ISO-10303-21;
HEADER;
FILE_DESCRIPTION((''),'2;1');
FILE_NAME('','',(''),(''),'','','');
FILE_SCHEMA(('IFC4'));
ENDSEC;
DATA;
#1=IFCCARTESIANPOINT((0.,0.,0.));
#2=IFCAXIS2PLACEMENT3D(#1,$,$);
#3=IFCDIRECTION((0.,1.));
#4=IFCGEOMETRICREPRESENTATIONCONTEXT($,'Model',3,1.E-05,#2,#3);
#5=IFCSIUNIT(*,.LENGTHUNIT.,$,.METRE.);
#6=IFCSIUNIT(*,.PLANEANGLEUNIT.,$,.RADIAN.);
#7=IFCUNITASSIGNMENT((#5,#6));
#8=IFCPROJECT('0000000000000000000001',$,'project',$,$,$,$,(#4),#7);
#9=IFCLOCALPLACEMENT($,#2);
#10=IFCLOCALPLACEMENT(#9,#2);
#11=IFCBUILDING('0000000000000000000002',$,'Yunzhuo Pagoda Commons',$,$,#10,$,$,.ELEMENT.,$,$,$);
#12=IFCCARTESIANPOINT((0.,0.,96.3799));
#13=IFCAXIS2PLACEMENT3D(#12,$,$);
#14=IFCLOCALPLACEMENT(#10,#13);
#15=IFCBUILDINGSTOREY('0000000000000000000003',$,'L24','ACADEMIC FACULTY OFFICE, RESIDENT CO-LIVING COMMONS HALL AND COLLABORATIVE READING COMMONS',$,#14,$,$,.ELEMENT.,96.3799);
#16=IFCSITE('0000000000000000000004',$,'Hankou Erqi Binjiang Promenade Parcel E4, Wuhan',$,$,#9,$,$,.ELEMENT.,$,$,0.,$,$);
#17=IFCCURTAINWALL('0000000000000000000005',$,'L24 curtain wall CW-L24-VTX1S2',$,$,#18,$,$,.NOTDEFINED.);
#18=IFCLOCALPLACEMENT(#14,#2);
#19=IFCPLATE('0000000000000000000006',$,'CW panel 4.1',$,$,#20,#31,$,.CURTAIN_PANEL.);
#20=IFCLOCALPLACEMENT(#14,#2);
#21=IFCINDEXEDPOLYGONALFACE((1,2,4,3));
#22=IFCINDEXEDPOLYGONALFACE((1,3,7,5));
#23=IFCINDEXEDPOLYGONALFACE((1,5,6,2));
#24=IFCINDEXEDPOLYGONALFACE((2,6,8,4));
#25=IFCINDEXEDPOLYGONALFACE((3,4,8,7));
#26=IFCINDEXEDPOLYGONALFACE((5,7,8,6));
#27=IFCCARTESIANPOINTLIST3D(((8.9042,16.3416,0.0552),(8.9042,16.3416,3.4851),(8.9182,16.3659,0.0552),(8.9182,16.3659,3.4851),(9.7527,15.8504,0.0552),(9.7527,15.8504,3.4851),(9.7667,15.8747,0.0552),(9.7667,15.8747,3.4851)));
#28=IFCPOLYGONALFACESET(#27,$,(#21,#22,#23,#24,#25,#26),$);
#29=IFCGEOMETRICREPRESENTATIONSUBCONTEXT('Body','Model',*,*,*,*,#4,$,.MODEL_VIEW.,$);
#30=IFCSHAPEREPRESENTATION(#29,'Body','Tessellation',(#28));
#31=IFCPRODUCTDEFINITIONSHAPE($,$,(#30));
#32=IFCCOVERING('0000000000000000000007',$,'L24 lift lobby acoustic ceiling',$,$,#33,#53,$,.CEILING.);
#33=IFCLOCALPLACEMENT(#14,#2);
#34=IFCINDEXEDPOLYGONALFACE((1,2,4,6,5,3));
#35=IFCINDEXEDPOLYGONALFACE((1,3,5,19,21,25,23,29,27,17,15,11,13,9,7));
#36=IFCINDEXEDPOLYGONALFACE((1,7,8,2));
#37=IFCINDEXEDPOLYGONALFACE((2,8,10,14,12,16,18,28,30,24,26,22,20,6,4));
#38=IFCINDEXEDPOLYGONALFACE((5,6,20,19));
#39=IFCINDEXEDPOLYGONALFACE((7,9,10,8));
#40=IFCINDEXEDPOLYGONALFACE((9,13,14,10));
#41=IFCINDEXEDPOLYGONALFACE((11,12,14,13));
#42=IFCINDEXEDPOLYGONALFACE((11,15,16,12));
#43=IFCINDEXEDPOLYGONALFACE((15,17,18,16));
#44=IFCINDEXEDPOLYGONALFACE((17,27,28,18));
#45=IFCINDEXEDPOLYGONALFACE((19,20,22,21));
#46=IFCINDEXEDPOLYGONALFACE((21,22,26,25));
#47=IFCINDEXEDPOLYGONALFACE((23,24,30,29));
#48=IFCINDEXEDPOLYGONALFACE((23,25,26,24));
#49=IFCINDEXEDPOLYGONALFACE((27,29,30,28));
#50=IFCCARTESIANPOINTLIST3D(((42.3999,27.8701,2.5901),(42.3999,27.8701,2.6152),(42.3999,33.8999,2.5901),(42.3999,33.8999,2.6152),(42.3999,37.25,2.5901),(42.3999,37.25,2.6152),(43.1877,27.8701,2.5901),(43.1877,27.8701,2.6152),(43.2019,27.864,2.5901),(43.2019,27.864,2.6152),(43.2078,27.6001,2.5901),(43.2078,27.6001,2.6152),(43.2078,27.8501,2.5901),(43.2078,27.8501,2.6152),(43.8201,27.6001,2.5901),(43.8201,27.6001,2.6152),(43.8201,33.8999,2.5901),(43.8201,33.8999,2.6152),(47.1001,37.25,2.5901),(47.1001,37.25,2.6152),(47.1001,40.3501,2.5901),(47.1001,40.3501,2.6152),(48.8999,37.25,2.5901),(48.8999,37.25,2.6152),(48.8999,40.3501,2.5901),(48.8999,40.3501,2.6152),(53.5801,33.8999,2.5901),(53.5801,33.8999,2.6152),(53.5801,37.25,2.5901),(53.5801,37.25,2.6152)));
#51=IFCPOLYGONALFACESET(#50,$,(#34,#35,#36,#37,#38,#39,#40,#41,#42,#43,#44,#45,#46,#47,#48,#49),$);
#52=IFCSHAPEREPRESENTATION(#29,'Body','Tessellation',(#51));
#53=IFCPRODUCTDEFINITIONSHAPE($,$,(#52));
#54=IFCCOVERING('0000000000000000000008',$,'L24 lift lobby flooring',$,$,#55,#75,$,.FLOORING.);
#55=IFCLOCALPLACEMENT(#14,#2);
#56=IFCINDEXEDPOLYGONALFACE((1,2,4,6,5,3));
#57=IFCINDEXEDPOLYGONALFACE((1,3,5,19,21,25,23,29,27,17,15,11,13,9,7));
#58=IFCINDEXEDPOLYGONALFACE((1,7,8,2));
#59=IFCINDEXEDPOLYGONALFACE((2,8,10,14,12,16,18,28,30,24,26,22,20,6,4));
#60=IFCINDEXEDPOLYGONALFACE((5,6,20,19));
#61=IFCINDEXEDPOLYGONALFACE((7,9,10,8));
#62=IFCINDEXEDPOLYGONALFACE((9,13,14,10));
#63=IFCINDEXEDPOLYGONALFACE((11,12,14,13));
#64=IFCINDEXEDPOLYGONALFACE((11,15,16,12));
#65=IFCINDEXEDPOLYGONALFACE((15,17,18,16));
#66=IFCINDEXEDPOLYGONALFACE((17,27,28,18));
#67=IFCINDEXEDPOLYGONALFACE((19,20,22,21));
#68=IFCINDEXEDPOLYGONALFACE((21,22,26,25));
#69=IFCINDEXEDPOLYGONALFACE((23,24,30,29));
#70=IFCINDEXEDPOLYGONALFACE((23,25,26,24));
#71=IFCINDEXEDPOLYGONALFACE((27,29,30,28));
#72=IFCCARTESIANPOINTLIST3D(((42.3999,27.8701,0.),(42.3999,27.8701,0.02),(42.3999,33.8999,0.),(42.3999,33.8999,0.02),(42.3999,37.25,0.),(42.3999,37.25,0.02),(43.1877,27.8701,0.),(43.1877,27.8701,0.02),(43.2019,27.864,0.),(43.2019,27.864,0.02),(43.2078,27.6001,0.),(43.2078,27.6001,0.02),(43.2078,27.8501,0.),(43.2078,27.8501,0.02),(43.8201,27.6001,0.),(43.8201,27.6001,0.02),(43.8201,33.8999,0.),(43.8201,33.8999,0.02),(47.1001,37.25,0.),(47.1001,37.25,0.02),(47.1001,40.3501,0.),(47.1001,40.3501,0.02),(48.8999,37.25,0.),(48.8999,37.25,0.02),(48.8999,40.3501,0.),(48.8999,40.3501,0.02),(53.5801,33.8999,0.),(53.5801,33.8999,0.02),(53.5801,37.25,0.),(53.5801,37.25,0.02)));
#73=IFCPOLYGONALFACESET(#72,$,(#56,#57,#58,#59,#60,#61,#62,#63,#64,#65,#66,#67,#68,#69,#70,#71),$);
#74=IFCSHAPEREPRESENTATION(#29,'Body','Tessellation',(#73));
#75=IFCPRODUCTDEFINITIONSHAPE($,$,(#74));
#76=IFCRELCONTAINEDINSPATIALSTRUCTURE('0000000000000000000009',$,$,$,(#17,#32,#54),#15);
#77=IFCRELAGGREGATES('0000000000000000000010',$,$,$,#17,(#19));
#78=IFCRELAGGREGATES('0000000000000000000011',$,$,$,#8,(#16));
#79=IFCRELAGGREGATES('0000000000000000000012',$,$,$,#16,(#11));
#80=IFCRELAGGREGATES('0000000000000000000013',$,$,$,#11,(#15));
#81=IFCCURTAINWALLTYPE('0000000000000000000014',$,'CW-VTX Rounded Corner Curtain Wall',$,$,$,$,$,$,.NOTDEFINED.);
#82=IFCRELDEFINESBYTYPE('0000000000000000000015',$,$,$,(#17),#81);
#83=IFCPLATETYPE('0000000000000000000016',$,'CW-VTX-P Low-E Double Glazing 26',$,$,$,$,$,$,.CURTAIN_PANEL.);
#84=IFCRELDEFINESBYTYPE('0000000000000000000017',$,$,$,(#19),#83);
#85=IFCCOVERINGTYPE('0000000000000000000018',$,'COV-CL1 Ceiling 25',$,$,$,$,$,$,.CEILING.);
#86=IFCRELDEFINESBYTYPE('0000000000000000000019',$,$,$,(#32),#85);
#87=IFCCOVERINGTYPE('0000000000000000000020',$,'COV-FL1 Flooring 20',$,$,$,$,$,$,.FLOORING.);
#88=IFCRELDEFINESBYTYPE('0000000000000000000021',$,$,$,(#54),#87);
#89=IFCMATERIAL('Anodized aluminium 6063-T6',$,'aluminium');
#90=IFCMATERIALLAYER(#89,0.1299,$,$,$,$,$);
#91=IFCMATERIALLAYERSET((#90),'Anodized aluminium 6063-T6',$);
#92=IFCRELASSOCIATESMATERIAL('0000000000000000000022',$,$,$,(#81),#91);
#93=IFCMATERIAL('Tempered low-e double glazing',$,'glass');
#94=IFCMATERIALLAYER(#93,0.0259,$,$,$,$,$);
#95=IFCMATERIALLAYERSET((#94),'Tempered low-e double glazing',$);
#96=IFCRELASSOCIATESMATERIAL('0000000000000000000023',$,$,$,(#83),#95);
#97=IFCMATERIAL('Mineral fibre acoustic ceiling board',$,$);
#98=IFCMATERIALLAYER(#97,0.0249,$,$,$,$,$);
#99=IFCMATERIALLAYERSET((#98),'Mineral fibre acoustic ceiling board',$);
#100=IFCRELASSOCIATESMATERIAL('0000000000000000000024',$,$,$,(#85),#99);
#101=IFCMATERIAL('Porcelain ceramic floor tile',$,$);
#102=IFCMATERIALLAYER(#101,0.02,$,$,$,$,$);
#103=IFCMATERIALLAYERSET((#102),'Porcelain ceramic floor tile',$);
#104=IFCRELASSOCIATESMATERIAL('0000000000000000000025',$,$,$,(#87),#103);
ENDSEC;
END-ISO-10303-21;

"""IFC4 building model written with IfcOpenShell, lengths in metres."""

from ifc_helpers import new_model, si_unit, direction, frame, origin, origin_2d, place, context, subcontext, project, spatial, polyline, rectangle, outline, extrude, source, transform, mapped, material, layer, layer_set, type_object, element, aggregate, save


model = new_model("IFC4")

# Units and contexts
model_context = context("Model", 3, precision=1e-05, world=origin(), true_north=direction((0.0, 1.0)))
body_context = subcontext(model_context, "Body", "Model", "MODEL_VIEW")
ifc_project = project(units=[si_unit("LENGTHUNIT", "METRE"), si_unit("PLANEANGLEUNIT", "RADIAN")], contexts=[model_context])

# Site, building, storey
site_placement = place(None, origin())
site = spatial("IfcSite", under=ifc_project, at=site_placement, Name="Hankou Erqi Binjiang Promenade Parcel E4, Wuhan", CompositionType="ELEMENT", RefElevation=0.0)
building_placement = place(site_placement, origin())
building = spatial("IfcBuilding", under=site, at=building_placement, Name="Yunzhuo Pagoda Commons", CompositionType="ELEMENT")
storey_placement = place(building_placement, frame((0.0, 0.0, 96.3799)))
storey = spatial("IfcBuildingStorey", under=building, at=storey_placement, Name="L24", Description="ACADEMIC FACULTY OFFICE, RESIDENT CO-LIVING COMMONS HALL AND COLLABORATIVE READING COMMONS", CompositionType="ELEMENT", Elevation=96.3799)

# Curtain wall
ifc_material_1 = material(Name="Anodized aluminium 6063-T6", Category="aluminium")
ifc_layer_1 = layer(ifc_material_1, 0.1299)
ifc_layer_set_1 = layer_set([ifc_layer_1], Name="Anodized aluminium 6063-T6")
curtain_wall_type = type_object("IfcCurtainWallType", Name="CW-VTX Rounded Corner Curtain Wall", PredefinedType="NOTDEFINED", material=ifc_layer_set_1)
curtain_wall_1_placement = place(storey_placement, origin())
curtain_wall_1 = element("IfcCurtainWall", 1, at=curtain_wall_1_placement, inside=storey, type_object=curtain_wall_type, Name="L24 curtain wall CW-L24-VTX1S2", PredefinedType="NOTDEFINED")

# Plate
ifc_material_2 = material(Name="Tempered low-e double glazing", Category="glass")
ifc_layer_2 = layer(ifc_material_2, 0.0259)
ifc_layer_set_2 = layer_set([ifc_layer_2], Name="Tempered low-e double glazing")
plate_type = type_object("IfcPlateType", Name="CW-VTX-P Low-E Double Glazing 26", PredefinedType="CURTAIN_PANEL", material=ifc_layer_set_2)
shared_shape_1 = source(origin(), body_context, "Body", "SweptSolid", [
    extrude(rectangle(XDim=0.9805, YDim=0.0281, at=origin_2d()), origin(), (0.0, 0.0, 1.0), 3.4299),
])
plate_1_placement = place(storey_placement, frame((9.3354, 16.1082, 0.0552), z_axis=(0.0, 0.0, 1.0), x_axis=(0.865427, -0.501036, 0.0)))
plate_1 = element("IfcPlate", 2, at=plate_1_placement, type_object=plate_type, Name="CW panel 4.1", PredefinedType="CURTAIN_PANEL", context=body_context, shape_type="MappedRepresentation", body=[
    mapped(shared_shape_1, transform((0.0, 0.0, 0.0), scale=1.0)),
])
aggregate(curtain_wall_1, [plate_1])

# Coverings
ifc_material_3 = material(Name="Mineral fibre acoustic ceiling board")
ifc_layer_3 = layer(ifc_material_3, 0.0249)
ifc_layer_set_3 = layer_set([ifc_layer_3], Name="Mineral fibre acoustic ceiling board")
covering_type_1 = type_object("IfcCoveringType", Name="COV-CL1 Ceiling 25", PredefinedType="CEILING", material=ifc_layer_set_3)
covering_1_placement = place(storey_placement, frame((0.0, 0.0, 2.5901)))
element("IfcCovering", 3, at=covering_1_placement, inside=storey, type_object=covering_type_1, Name="L24 lift lobby acoustic ceiling", PredefinedType="CEILING", context=body_context, shape_type="SweptSolid", body=[
    extrude(outline(polyline([(43.2078, 27.8501), (43.2019, 27.864), (43.1877, 27.8701), (42.3999, 27.8701), (42.3999, 33.8999), (42.3999, 37.25), (47.1001, 37.25), (47.1001, 40.3501), (48.8999, 40.3501), (48.8999, 37.25), (53.5801, 37.25), (53.5801, 33.8999), (43.8201, 33.8999), (43.8201, 27.6001), (43.2078, 27.6001), (43.2078, 27.8501)])), origin(), (0.0, 0.0, 1.0), 0.0251),
])
ifc_material_4 = material(Name="Porcelain ceramic floor tile")
ifc_layer_4 = layer(ifc_material_4, 0.02)
ifc_layer_set_4 = layer_set([ifc_layer_4], Name="Porcelain ceramic floor tile")
covering_type_2 = type_object("IfcCoveringType", Name="COV-FL1 Flooring 20", PredefinedType="FLOORING", material=ifc_layer_set_4)
covering_2_placement = place(storey_placement, origin())
element("IfcCovering", 4, at=covering_2_placement, inside=storey, type_object=covering_type_2, Name="L24 lift lobby flooring", PredefinedType="FLOORING", context=body_context, shape_type="SweptSolid", body=[
    extrude(outline(polyline([(43.2078, 27.8501), (43.2019, 27.864), (43.1877, 27.8701), (42.3999, 27.8701), (42.3999, 33.8999), (42.3999, 37.25), (47.1001, 37.25), (47.1001, 40.3501), (48.8999, 40.3501), (48.8999, 37.25), (53.5801, 37.25), (53.5801, 33.8999), (43.8201, 33.8999), (43.8201, 27.6001), (43.2078, 27.6001), (43.2078, 27.8501)])), origin(), (0.0, 0.0, 1.0), 0.02),
])

save(model, "model.ifc")
